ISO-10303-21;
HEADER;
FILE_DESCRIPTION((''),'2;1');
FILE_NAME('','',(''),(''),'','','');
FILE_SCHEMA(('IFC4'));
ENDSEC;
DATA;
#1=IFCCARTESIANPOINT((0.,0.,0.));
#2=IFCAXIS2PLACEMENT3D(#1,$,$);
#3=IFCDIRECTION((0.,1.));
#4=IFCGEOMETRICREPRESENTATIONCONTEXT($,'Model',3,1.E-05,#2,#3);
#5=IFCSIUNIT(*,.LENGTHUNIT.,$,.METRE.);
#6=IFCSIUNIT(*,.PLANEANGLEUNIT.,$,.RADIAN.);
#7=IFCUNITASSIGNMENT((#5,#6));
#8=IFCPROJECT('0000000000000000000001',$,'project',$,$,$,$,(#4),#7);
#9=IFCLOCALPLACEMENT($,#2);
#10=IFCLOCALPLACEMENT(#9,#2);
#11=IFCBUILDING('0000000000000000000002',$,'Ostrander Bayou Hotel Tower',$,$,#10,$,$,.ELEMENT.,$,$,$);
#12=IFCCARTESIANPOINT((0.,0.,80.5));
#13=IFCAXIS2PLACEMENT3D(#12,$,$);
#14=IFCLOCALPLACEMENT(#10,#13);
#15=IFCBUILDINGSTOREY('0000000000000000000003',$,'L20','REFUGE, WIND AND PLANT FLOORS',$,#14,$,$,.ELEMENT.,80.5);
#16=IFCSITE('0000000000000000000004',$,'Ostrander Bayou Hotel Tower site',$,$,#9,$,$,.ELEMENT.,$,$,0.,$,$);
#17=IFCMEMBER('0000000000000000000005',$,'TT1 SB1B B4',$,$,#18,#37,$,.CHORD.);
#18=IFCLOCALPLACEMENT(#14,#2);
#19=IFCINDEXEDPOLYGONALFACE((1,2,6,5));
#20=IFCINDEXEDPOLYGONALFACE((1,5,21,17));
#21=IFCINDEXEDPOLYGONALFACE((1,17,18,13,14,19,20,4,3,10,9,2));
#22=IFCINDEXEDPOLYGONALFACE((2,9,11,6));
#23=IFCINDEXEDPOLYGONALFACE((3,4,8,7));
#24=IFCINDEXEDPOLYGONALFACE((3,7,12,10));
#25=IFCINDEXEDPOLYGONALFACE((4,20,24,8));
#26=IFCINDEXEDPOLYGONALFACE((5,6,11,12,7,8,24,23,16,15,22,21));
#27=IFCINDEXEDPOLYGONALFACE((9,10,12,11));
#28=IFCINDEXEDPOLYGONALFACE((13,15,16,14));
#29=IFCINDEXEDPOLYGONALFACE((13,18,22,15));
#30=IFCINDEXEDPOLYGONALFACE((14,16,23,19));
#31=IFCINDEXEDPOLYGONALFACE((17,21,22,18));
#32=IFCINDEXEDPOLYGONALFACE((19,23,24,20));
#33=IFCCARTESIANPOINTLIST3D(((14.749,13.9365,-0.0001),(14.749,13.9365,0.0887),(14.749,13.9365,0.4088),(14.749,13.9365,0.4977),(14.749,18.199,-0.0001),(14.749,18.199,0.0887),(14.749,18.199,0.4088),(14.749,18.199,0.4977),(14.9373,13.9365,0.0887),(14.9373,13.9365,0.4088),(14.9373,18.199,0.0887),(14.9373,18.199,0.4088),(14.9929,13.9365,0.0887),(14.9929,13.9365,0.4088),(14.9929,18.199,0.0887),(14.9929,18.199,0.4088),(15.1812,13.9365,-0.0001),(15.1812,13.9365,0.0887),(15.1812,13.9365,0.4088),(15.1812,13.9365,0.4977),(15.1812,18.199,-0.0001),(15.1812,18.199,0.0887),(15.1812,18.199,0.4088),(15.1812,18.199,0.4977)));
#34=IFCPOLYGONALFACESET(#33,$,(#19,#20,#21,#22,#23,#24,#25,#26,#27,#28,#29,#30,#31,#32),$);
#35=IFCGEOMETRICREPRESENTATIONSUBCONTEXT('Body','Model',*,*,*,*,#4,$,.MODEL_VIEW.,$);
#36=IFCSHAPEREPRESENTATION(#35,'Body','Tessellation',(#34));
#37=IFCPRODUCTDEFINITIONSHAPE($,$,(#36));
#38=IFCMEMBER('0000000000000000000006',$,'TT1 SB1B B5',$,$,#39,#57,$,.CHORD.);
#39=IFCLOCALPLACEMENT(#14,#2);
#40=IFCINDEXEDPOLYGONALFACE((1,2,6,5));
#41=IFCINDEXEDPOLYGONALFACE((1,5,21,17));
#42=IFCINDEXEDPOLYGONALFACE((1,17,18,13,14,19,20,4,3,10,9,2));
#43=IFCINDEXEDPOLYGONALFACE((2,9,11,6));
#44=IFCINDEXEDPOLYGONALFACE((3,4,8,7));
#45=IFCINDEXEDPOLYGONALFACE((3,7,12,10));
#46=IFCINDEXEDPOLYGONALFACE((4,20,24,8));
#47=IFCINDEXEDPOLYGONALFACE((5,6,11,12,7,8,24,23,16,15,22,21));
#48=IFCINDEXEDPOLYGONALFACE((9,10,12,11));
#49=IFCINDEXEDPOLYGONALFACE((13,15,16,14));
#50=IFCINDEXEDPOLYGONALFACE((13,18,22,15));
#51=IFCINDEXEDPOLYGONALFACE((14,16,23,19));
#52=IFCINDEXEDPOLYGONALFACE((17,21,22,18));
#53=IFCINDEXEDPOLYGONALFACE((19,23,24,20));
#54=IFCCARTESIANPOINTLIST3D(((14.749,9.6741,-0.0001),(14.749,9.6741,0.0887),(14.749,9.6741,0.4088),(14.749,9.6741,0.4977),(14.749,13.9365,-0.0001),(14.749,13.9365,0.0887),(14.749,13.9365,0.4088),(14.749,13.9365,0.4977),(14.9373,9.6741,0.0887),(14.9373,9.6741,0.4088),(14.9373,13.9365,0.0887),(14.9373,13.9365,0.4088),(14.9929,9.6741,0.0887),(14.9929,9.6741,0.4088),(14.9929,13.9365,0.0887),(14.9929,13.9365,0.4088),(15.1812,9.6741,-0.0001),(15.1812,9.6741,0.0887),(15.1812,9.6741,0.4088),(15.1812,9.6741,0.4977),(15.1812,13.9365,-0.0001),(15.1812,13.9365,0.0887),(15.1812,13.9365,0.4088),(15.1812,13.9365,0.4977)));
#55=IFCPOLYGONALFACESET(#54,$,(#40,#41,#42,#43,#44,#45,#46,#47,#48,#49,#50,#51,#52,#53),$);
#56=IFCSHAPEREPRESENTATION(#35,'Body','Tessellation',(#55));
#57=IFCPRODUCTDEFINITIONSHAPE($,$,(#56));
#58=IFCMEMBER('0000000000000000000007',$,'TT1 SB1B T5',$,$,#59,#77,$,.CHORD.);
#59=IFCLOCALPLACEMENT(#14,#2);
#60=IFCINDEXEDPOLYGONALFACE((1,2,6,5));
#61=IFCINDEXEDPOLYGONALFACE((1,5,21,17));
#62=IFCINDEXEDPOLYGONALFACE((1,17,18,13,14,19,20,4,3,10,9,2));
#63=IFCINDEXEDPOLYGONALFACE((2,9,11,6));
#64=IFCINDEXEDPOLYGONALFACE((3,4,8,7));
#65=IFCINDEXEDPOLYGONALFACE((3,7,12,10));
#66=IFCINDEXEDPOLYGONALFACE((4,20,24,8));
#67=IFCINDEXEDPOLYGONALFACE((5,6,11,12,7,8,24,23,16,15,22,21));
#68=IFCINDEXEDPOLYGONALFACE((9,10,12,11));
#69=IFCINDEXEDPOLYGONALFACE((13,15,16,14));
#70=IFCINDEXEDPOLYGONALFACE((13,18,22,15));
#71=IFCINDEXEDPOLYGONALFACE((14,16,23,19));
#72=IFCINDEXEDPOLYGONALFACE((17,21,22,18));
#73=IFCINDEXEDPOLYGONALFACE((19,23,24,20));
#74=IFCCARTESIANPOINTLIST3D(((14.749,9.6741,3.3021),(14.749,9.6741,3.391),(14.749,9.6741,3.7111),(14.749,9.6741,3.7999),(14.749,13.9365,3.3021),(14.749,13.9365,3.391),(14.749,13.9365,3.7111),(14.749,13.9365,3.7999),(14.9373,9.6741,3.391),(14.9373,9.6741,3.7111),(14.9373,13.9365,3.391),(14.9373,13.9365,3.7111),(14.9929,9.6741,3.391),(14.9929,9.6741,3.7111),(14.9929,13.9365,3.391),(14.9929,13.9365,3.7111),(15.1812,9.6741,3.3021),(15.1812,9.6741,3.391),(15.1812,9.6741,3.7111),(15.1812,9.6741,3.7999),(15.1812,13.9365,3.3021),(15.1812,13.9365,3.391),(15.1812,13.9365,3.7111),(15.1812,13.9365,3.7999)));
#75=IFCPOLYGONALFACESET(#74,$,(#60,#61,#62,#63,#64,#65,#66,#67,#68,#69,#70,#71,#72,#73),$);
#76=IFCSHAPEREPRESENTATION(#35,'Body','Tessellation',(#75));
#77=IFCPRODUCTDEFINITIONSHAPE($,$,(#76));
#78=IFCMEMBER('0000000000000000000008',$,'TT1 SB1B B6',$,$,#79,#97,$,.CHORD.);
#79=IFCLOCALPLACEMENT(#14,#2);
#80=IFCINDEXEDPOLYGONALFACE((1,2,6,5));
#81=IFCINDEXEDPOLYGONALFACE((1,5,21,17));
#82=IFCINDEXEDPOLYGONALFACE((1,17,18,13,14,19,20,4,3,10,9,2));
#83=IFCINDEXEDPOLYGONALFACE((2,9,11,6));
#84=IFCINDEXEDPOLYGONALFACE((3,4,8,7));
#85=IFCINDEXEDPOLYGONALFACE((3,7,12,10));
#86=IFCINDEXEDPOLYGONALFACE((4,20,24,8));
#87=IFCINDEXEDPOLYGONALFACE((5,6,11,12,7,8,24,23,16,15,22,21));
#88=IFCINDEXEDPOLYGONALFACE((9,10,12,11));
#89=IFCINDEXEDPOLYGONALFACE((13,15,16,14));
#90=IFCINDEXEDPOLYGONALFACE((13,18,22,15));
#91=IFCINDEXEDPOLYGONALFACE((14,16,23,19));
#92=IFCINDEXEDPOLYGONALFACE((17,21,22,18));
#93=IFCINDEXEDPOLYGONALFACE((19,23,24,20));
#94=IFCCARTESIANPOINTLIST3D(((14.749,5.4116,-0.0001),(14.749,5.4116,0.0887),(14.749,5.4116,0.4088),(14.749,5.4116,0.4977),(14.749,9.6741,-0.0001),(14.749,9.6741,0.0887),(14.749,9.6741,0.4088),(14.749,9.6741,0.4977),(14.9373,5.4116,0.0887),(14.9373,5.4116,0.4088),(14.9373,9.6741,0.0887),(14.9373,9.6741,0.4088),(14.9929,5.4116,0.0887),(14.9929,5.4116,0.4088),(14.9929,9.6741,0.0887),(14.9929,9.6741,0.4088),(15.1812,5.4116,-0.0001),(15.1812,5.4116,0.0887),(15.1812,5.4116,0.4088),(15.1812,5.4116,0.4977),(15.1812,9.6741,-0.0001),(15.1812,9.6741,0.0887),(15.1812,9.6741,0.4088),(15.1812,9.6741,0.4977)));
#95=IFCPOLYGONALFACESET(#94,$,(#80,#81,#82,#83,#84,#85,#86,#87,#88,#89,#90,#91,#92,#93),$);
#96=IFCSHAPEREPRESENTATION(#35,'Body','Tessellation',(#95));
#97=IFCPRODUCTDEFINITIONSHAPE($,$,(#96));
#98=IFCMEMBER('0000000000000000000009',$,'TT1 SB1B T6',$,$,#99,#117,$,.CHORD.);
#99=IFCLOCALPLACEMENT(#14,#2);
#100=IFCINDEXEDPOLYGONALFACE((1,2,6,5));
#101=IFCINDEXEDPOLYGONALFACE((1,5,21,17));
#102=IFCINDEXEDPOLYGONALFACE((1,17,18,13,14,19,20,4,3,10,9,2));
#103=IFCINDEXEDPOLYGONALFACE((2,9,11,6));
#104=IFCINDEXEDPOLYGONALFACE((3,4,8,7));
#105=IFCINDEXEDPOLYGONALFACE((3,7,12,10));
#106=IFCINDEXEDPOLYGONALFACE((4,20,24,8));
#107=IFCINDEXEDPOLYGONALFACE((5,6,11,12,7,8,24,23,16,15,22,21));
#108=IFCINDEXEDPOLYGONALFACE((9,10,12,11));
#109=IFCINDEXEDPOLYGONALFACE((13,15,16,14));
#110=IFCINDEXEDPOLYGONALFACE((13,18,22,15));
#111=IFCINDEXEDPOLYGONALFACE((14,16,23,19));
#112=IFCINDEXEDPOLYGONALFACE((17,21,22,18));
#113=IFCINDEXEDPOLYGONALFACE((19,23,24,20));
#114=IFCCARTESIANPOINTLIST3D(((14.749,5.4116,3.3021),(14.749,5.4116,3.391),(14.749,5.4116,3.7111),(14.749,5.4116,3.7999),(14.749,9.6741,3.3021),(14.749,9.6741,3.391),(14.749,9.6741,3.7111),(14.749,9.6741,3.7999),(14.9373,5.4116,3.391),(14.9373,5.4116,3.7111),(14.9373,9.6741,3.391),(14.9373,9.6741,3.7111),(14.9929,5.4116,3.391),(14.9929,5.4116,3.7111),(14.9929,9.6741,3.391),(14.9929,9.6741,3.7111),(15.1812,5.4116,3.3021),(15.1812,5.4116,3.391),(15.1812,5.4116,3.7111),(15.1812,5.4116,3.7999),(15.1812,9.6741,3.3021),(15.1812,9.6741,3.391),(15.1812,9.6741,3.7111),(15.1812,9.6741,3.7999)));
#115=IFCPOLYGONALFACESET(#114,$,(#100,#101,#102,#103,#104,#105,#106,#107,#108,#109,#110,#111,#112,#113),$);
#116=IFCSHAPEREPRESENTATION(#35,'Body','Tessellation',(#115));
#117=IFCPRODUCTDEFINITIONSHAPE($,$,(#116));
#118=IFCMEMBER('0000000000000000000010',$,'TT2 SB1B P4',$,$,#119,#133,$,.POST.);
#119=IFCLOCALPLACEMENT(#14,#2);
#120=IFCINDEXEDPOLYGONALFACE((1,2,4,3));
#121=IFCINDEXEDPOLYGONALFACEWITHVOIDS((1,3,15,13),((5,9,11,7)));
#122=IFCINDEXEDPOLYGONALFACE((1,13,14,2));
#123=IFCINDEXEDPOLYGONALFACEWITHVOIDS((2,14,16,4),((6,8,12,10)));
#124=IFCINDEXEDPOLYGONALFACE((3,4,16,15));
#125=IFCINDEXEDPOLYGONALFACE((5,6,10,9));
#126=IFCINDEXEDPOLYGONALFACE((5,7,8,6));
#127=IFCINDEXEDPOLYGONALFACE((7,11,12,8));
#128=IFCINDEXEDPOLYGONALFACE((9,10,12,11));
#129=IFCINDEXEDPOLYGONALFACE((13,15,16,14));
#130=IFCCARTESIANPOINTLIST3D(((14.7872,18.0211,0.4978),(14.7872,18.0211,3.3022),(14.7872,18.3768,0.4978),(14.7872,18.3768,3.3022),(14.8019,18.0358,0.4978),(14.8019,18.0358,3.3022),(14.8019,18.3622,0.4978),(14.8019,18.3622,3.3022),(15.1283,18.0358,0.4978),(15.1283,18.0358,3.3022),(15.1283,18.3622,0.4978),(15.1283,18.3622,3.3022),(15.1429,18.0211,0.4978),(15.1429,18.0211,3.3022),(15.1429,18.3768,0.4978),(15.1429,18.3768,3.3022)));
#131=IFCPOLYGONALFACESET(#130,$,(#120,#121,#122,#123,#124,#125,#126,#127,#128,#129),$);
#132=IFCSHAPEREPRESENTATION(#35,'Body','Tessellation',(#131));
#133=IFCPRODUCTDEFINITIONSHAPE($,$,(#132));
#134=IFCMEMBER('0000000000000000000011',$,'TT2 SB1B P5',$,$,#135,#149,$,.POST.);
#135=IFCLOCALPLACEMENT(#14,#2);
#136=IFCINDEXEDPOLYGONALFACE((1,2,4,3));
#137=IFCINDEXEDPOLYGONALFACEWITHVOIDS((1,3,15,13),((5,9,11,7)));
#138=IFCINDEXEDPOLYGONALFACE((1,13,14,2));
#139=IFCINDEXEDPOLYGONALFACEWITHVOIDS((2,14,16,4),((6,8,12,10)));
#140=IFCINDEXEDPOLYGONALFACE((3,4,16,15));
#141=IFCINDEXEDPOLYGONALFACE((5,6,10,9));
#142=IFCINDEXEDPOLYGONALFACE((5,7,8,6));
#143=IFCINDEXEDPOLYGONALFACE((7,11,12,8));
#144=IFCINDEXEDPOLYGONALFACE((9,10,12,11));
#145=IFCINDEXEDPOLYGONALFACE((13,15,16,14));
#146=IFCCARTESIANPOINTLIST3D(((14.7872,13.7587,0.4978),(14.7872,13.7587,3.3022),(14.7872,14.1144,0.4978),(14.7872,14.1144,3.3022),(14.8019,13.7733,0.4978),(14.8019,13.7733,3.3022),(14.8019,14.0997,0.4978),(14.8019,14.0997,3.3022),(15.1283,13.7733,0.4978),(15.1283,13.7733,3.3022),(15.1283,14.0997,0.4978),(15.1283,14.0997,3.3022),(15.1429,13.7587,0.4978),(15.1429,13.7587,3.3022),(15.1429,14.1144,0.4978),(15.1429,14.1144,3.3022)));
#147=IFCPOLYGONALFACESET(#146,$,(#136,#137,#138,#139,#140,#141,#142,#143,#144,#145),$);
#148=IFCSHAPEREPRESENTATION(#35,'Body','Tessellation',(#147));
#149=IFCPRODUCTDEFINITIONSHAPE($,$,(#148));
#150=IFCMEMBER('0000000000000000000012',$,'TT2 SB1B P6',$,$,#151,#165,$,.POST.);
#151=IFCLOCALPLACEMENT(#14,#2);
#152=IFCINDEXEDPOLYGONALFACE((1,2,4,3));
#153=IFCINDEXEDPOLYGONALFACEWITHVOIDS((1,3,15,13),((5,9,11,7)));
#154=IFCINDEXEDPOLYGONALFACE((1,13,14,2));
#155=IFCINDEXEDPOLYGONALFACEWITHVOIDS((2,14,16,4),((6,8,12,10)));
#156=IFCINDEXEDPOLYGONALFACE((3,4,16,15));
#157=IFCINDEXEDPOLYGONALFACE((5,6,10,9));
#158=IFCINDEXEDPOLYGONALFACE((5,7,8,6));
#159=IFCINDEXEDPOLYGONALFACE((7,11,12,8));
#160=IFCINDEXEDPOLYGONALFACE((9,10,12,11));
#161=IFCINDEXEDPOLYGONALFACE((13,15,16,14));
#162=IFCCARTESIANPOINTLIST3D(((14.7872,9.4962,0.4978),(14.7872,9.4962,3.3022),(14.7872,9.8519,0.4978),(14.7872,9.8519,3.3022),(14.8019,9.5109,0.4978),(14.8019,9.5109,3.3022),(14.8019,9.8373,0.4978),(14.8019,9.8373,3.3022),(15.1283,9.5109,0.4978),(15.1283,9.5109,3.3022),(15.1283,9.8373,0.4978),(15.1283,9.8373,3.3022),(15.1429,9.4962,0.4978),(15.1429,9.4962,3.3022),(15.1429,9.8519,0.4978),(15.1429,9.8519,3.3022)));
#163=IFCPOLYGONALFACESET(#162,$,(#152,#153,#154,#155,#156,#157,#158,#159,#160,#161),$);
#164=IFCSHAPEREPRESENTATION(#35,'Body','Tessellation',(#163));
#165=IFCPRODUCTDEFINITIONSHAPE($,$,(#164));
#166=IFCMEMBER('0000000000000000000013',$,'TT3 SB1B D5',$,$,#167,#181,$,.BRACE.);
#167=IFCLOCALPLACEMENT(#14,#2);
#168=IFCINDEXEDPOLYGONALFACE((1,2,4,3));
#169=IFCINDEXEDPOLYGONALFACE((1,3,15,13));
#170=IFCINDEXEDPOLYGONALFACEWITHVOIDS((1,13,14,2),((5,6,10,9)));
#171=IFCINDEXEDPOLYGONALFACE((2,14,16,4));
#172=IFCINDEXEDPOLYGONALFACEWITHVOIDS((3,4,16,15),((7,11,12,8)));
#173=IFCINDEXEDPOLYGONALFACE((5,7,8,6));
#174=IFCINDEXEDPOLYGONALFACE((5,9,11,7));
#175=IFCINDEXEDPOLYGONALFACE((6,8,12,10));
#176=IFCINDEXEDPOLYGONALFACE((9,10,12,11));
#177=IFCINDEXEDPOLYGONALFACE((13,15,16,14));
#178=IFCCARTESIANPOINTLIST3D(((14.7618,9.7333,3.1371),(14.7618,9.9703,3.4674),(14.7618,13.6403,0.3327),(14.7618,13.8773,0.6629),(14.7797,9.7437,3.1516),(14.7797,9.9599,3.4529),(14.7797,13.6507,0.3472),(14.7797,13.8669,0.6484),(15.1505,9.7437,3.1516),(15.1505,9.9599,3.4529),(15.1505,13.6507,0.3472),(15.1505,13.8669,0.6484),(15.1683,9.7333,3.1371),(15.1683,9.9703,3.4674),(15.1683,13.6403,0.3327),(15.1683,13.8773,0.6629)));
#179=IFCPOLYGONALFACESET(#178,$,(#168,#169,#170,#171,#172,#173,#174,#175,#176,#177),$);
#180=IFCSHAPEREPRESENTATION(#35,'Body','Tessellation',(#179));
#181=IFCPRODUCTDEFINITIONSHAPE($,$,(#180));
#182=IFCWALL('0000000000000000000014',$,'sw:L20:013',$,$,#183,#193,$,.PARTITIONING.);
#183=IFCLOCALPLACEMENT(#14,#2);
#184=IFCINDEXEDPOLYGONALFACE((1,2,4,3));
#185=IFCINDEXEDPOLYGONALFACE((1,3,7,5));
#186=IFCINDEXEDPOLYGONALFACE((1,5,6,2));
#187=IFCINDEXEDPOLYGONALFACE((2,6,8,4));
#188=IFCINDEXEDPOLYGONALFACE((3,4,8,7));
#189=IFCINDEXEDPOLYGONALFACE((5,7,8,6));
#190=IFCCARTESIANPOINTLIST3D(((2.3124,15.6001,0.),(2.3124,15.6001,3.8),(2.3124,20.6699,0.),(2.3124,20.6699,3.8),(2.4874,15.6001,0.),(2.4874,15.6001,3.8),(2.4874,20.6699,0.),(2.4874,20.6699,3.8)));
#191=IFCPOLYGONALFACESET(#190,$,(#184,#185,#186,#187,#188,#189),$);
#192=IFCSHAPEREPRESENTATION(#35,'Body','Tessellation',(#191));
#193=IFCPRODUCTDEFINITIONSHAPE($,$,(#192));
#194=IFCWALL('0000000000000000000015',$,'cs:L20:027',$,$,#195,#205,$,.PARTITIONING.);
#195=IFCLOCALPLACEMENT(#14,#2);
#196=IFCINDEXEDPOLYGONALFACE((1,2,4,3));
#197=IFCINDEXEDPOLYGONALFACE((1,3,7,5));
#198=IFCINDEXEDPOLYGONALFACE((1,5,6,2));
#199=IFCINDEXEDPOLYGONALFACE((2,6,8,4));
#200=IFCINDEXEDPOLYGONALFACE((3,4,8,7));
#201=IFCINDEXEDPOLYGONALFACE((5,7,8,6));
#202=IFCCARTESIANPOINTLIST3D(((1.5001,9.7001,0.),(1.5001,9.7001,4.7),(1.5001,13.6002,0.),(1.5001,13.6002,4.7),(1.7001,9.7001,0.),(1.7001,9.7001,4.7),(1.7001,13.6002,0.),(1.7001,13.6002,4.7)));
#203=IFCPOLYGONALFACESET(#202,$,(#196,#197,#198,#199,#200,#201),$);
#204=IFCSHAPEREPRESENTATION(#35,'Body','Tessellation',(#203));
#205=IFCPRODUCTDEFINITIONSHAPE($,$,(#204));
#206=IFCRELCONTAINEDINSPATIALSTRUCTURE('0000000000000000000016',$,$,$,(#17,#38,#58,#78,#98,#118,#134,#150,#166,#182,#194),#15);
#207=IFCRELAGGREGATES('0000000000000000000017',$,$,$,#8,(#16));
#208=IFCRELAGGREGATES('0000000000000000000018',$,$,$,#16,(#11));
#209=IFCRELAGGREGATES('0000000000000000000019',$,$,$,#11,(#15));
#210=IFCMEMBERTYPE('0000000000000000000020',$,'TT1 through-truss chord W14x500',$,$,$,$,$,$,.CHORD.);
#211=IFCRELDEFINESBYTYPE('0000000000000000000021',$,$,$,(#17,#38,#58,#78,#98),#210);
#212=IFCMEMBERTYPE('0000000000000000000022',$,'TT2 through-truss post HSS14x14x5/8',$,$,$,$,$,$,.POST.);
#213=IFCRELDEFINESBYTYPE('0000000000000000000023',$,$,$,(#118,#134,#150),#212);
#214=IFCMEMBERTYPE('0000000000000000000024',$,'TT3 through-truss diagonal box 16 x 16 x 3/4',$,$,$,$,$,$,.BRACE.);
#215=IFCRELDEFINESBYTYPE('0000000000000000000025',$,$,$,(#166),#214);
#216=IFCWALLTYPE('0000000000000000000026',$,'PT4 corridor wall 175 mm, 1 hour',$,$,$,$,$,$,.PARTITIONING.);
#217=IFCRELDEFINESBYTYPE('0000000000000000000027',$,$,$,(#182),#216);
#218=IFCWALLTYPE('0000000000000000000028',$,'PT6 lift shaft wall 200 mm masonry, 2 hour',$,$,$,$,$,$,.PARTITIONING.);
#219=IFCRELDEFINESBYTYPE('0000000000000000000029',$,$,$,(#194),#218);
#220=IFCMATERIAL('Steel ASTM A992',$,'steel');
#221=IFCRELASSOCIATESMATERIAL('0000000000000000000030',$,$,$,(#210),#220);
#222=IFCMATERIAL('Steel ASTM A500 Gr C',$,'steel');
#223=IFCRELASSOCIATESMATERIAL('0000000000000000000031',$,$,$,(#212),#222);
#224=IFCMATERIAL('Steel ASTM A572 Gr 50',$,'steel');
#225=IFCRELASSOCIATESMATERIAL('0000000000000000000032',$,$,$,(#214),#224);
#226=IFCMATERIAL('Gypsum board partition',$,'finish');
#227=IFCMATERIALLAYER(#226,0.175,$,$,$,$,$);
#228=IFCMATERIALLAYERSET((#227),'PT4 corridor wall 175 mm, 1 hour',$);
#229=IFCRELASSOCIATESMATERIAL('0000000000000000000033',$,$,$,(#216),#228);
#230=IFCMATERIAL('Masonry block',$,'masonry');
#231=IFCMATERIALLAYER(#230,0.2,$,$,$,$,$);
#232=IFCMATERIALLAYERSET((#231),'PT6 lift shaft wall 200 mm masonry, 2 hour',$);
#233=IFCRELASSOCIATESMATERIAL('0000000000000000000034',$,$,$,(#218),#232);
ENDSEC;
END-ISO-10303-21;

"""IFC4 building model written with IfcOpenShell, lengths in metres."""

from ifc_helpers import new_model, si_unit, direction, frame, frame_2d, origin, origin_2d, place, context, subcontext, project, spatial, rectangle, hollow_rectangle, i_section, extrude, material, layer, layer_set, material_profile, profile_set, type_object, element, save


model = new_model("IFC4")

# Units and contexts
model_context = context("Model", 3, precision=1e-05, world=origin(), true_north=direction((0.0, 1.0)))
body_context = subcontext(model_context, "Body", "Model", "MODEL_VIEW")
ifc_project = project(units=[si_unit("LENGTHUNIT", "METRE"), si_unit("PLANEANGLEUNIT", "RADIAN")], contexts=[model_context])

# Site, building, storey
site_placement = place(None, origin())
site = spatial("IfcSite", under=ifc_project, at=site_placement, Name="Ostrander Bayou Hotel Tower site", CompositionType="ELEMENT", RefElevation=0.0)
building_placement = place(site_placement, origin())
building = spatial("IfcBuilding", under=site, at=building_placement, Name="Ostrander Bayou Hotel Tower", CompositionType="ELEMENT")
storey_placement = place(building_placement, frame((0.0, 0.0, 80.5)))
storey = spatial("IfcBuildingStorey", under=building, at=storey_placement, Name="L20", Description="REFUGE, WIND AND PLANT FLOORS", CompositionType="ELEMENT", Elevation=80.5)

# Members
ifc_material_1 = material(Name="Steel ASTM A992", Category="steel")
ifc_material_profile_1 = material_profile(ifc_material_1, i_section(OverallWidth=0.4321, OverallDepth=0.4978, WebThickness=0.0557, FlangeThickness=0.0889, at=origin_2d()))
ifc_profile_set_1 = profile_set([ifc_material_profile_1], Name="Steel ASTM A992")
member_type_1 = type_object("IfcMemberType", Name="TT1 through-truss chord W14x500", PredefinedType="CHORD", material=ifc_profile_set_1)
for number, where, z_axis, x_axis, name in (
    (1, (14.9651, 18.199, 0.2488), (0.0, -1.0, 0.0), (1.0, 0.0, 0.0), "TT1 SB1B B4"),
    (2, (14.9651, 13.9365, 0.2488), (0.0, -1.0, 0.0), (1.0, 0.0, 0.0), "TT1 SB1B B5"),
    (3, (14.9651, 13.9365, 3.551), (0.0, -1.0, 0.0), (1.0, 0.0, 0.0), "TT1 SB1B T5"),
    (4, (14.9651, 9.6741, 0.2488), (0.0, -1.0, 0.0), (1.0, 0.0, 0.0), "TT1 SB1B B6"),
    (5, (14.9651, 9.6741, 3.551), (0.0, -1.0, 0.0), (1.0, 0.0, 0.0), "TT1 SB1B T6"),
):
    element("IfcMember", number, at=place(storey_placement, frame(where, z_axis=z_axis, x_axis=x_axis)), inside=storey, type_object=member_type_1, Name=name, PredefinedType="CHORD", context=body_context, shape_type="SweptSolid", body=[
        extrude(i_section(OverallWidth=0.4321, OverallDepth=0.4978, WebThickness=0.0557, FlangeThickness=0.0889, at=origin_2d()), origin(), (0.0, 0.0, 1.0), 4.2625),
    ])
ifc_material_2 = material(Name="Steel ASTM A500 Gr C", Category="steel")
ifc_material_profile_2 = material_profile(ifc_material_2, hollow_rectangle(XDim=0.3557, YDim=0.3557, WallThickness=0.0146, at=origin_2d()))
ifc_profile_set_2 = profile_set([ifc_material_profile_2], Name="Steel ASTM A500 Gr C")
member_type_2 = type_object("IfcMemberType", Name="TT2 through-truss post HSS14x14x5/8", PredefinedType="POST", material=ifc_profile_set_2)
for number, where, z_axis, x_axis, name in (
    (6, (14.9651, 18.199, 0.4978), (0.0, 0.0, 1.0), (1.0, 0.0, 0.0), "TT2 SB1B P4"),
    (7, (14.9651, 13.9365, 0.4978), (0.0, 0.0, 1.0), (1.0, 0.0, 0.0), "TT2 SB1B P5"),
    (8, (14.9651, 9.6741, 0.4978), (0.0, 0.0, 1.0), (1.0, 0.0, 0.0), "TT2 SB1B P6"),
):
    element("IfcMember", number, at=place(storey_placement, frame(where, z_axis=z_axis, x_axis=x_axis)), inside=storey, type_object=member_type_2, Name=name, PredefinedType="POST", context=body_context, shape_type="SweptSolid", body=[
        extrude(hollow_rectangle(XDim=0.3557, YDim=0.3557, WallThickness=0.0146, at=origin_2d()), origin(), (0.0, 0.0, 1.0), 2.8044),
    ])
ifc_material_3 = material(Name="Steel ASTM A572 Gr 50", Category="steel")
ifc_material_profile_3 = material_profile(ifc_material_3, hollow_rectangle(XDim=0.4065, YDim=0.4065, WallThickness=0.0178, at=origin_2d()))
ifc_profile_set_3 = profile_set([ifc_material_profile_3], Name="Steel ASTM A572 Gr 50")
member_type_3 = type_object("IfcMemberType", Name="TT3 through-truss diagonal box 16 x 16 x 3/4", PredefinedType="BRACE", material=ifc_profile_set_3)
member_1_placement = place(storey_placement, frame((14.9651, 13.7588, 0.4978), z_axis=(0.0, -0.81238, 0.583129), x_axis=(1.0, 0.0, 0.0)))
element("IfcMember", 9, at=member_1_placement, inside=storey, type_object=member_type_3, Name="TT3 SB1B D5", PredefinedType="BRACE", context=body_context, shape_type="SweptSolid", body=[
    extrude(hollow_rectangle(XDim=0.4065, YDim=0.4065, WallThickness=0.0178, at=origin_2d()), origin(), (0.0, 0.0, 1.0), 4.8093),
])

# Wall
ifc_material_4 = material(Name="Gypsum board partition", Category="finish")
ifc_layer_1 = layer(ifc_material_4, 0.175)
ifc_layer_set_1 = layer_set([ifc_layer_1], Name="PT4 corridor wall 175 mm, 1 hour")
wall_type_1 = type_object("IfcWallType", Name="PT4 corridor wall 175 mm, 1 hour", PredefinedType="PARTITIONING", material=ifc_layer_set_1)
wall_1_placement = place(storey_placement, frame((2.3999, 15.6001, 0.0), z_axis=(0.0, 0.0, 1.0), x_axis=(0.0, 1.0, 0.0)))
element("IfcWall", 10, at=wall_1_placement, inside=storey, type_object=wall_type_1, Name="sw:L20:013", PredefinedType="PARTITIONING", context=body_context, shape_type="SweptSolid", body=[
    extrude(rectangle(XDim=5.0698, YDim=0.175, at=frame_2d((2.5349, 0.0))), origin(), (0.0, 0.0, 1.0), 3.8),
])

# Wall
ifc_material_5 = material(Name="Masonry block", Category="masonry")
ifc_layer_2 = layer(ifc_material_5, 0.2)
ifc_layer_set_2 = layer_set([ifc_layer_2], Name="PT6 lift shaft wall 200 mm masonry, 2 hour")
wall_type_2 = type_object("IfcWallType", Name="PT6 lift shaft wall 200 mm masonry, 2 hour", PredefinedType="PARTITIONING", material=ifc_layer_set_2)
wall_2_placement = place(storey_placement, frame((1.6001, 9.7, 0.0), z_axis=(0.0, 0.0, 1.0), x_axis=(0.0, 1.0, 0.0)))
element("IfcWall", 11, at=wall_2_placement, inside=storey, type_object=wall_type_2, Name="cs:L20:027", PredefinedType="PARTITIONING", context=body_context, shape_type="SweptSolid", body=[
    extrude(rectangle(XDim=3.9001, YDim=0.2, at=frame_2d((1.9502, 0.0))), origin(), (0.0, 0.0, 1.0), 4.7),
])

save(model, "model.ifc")
